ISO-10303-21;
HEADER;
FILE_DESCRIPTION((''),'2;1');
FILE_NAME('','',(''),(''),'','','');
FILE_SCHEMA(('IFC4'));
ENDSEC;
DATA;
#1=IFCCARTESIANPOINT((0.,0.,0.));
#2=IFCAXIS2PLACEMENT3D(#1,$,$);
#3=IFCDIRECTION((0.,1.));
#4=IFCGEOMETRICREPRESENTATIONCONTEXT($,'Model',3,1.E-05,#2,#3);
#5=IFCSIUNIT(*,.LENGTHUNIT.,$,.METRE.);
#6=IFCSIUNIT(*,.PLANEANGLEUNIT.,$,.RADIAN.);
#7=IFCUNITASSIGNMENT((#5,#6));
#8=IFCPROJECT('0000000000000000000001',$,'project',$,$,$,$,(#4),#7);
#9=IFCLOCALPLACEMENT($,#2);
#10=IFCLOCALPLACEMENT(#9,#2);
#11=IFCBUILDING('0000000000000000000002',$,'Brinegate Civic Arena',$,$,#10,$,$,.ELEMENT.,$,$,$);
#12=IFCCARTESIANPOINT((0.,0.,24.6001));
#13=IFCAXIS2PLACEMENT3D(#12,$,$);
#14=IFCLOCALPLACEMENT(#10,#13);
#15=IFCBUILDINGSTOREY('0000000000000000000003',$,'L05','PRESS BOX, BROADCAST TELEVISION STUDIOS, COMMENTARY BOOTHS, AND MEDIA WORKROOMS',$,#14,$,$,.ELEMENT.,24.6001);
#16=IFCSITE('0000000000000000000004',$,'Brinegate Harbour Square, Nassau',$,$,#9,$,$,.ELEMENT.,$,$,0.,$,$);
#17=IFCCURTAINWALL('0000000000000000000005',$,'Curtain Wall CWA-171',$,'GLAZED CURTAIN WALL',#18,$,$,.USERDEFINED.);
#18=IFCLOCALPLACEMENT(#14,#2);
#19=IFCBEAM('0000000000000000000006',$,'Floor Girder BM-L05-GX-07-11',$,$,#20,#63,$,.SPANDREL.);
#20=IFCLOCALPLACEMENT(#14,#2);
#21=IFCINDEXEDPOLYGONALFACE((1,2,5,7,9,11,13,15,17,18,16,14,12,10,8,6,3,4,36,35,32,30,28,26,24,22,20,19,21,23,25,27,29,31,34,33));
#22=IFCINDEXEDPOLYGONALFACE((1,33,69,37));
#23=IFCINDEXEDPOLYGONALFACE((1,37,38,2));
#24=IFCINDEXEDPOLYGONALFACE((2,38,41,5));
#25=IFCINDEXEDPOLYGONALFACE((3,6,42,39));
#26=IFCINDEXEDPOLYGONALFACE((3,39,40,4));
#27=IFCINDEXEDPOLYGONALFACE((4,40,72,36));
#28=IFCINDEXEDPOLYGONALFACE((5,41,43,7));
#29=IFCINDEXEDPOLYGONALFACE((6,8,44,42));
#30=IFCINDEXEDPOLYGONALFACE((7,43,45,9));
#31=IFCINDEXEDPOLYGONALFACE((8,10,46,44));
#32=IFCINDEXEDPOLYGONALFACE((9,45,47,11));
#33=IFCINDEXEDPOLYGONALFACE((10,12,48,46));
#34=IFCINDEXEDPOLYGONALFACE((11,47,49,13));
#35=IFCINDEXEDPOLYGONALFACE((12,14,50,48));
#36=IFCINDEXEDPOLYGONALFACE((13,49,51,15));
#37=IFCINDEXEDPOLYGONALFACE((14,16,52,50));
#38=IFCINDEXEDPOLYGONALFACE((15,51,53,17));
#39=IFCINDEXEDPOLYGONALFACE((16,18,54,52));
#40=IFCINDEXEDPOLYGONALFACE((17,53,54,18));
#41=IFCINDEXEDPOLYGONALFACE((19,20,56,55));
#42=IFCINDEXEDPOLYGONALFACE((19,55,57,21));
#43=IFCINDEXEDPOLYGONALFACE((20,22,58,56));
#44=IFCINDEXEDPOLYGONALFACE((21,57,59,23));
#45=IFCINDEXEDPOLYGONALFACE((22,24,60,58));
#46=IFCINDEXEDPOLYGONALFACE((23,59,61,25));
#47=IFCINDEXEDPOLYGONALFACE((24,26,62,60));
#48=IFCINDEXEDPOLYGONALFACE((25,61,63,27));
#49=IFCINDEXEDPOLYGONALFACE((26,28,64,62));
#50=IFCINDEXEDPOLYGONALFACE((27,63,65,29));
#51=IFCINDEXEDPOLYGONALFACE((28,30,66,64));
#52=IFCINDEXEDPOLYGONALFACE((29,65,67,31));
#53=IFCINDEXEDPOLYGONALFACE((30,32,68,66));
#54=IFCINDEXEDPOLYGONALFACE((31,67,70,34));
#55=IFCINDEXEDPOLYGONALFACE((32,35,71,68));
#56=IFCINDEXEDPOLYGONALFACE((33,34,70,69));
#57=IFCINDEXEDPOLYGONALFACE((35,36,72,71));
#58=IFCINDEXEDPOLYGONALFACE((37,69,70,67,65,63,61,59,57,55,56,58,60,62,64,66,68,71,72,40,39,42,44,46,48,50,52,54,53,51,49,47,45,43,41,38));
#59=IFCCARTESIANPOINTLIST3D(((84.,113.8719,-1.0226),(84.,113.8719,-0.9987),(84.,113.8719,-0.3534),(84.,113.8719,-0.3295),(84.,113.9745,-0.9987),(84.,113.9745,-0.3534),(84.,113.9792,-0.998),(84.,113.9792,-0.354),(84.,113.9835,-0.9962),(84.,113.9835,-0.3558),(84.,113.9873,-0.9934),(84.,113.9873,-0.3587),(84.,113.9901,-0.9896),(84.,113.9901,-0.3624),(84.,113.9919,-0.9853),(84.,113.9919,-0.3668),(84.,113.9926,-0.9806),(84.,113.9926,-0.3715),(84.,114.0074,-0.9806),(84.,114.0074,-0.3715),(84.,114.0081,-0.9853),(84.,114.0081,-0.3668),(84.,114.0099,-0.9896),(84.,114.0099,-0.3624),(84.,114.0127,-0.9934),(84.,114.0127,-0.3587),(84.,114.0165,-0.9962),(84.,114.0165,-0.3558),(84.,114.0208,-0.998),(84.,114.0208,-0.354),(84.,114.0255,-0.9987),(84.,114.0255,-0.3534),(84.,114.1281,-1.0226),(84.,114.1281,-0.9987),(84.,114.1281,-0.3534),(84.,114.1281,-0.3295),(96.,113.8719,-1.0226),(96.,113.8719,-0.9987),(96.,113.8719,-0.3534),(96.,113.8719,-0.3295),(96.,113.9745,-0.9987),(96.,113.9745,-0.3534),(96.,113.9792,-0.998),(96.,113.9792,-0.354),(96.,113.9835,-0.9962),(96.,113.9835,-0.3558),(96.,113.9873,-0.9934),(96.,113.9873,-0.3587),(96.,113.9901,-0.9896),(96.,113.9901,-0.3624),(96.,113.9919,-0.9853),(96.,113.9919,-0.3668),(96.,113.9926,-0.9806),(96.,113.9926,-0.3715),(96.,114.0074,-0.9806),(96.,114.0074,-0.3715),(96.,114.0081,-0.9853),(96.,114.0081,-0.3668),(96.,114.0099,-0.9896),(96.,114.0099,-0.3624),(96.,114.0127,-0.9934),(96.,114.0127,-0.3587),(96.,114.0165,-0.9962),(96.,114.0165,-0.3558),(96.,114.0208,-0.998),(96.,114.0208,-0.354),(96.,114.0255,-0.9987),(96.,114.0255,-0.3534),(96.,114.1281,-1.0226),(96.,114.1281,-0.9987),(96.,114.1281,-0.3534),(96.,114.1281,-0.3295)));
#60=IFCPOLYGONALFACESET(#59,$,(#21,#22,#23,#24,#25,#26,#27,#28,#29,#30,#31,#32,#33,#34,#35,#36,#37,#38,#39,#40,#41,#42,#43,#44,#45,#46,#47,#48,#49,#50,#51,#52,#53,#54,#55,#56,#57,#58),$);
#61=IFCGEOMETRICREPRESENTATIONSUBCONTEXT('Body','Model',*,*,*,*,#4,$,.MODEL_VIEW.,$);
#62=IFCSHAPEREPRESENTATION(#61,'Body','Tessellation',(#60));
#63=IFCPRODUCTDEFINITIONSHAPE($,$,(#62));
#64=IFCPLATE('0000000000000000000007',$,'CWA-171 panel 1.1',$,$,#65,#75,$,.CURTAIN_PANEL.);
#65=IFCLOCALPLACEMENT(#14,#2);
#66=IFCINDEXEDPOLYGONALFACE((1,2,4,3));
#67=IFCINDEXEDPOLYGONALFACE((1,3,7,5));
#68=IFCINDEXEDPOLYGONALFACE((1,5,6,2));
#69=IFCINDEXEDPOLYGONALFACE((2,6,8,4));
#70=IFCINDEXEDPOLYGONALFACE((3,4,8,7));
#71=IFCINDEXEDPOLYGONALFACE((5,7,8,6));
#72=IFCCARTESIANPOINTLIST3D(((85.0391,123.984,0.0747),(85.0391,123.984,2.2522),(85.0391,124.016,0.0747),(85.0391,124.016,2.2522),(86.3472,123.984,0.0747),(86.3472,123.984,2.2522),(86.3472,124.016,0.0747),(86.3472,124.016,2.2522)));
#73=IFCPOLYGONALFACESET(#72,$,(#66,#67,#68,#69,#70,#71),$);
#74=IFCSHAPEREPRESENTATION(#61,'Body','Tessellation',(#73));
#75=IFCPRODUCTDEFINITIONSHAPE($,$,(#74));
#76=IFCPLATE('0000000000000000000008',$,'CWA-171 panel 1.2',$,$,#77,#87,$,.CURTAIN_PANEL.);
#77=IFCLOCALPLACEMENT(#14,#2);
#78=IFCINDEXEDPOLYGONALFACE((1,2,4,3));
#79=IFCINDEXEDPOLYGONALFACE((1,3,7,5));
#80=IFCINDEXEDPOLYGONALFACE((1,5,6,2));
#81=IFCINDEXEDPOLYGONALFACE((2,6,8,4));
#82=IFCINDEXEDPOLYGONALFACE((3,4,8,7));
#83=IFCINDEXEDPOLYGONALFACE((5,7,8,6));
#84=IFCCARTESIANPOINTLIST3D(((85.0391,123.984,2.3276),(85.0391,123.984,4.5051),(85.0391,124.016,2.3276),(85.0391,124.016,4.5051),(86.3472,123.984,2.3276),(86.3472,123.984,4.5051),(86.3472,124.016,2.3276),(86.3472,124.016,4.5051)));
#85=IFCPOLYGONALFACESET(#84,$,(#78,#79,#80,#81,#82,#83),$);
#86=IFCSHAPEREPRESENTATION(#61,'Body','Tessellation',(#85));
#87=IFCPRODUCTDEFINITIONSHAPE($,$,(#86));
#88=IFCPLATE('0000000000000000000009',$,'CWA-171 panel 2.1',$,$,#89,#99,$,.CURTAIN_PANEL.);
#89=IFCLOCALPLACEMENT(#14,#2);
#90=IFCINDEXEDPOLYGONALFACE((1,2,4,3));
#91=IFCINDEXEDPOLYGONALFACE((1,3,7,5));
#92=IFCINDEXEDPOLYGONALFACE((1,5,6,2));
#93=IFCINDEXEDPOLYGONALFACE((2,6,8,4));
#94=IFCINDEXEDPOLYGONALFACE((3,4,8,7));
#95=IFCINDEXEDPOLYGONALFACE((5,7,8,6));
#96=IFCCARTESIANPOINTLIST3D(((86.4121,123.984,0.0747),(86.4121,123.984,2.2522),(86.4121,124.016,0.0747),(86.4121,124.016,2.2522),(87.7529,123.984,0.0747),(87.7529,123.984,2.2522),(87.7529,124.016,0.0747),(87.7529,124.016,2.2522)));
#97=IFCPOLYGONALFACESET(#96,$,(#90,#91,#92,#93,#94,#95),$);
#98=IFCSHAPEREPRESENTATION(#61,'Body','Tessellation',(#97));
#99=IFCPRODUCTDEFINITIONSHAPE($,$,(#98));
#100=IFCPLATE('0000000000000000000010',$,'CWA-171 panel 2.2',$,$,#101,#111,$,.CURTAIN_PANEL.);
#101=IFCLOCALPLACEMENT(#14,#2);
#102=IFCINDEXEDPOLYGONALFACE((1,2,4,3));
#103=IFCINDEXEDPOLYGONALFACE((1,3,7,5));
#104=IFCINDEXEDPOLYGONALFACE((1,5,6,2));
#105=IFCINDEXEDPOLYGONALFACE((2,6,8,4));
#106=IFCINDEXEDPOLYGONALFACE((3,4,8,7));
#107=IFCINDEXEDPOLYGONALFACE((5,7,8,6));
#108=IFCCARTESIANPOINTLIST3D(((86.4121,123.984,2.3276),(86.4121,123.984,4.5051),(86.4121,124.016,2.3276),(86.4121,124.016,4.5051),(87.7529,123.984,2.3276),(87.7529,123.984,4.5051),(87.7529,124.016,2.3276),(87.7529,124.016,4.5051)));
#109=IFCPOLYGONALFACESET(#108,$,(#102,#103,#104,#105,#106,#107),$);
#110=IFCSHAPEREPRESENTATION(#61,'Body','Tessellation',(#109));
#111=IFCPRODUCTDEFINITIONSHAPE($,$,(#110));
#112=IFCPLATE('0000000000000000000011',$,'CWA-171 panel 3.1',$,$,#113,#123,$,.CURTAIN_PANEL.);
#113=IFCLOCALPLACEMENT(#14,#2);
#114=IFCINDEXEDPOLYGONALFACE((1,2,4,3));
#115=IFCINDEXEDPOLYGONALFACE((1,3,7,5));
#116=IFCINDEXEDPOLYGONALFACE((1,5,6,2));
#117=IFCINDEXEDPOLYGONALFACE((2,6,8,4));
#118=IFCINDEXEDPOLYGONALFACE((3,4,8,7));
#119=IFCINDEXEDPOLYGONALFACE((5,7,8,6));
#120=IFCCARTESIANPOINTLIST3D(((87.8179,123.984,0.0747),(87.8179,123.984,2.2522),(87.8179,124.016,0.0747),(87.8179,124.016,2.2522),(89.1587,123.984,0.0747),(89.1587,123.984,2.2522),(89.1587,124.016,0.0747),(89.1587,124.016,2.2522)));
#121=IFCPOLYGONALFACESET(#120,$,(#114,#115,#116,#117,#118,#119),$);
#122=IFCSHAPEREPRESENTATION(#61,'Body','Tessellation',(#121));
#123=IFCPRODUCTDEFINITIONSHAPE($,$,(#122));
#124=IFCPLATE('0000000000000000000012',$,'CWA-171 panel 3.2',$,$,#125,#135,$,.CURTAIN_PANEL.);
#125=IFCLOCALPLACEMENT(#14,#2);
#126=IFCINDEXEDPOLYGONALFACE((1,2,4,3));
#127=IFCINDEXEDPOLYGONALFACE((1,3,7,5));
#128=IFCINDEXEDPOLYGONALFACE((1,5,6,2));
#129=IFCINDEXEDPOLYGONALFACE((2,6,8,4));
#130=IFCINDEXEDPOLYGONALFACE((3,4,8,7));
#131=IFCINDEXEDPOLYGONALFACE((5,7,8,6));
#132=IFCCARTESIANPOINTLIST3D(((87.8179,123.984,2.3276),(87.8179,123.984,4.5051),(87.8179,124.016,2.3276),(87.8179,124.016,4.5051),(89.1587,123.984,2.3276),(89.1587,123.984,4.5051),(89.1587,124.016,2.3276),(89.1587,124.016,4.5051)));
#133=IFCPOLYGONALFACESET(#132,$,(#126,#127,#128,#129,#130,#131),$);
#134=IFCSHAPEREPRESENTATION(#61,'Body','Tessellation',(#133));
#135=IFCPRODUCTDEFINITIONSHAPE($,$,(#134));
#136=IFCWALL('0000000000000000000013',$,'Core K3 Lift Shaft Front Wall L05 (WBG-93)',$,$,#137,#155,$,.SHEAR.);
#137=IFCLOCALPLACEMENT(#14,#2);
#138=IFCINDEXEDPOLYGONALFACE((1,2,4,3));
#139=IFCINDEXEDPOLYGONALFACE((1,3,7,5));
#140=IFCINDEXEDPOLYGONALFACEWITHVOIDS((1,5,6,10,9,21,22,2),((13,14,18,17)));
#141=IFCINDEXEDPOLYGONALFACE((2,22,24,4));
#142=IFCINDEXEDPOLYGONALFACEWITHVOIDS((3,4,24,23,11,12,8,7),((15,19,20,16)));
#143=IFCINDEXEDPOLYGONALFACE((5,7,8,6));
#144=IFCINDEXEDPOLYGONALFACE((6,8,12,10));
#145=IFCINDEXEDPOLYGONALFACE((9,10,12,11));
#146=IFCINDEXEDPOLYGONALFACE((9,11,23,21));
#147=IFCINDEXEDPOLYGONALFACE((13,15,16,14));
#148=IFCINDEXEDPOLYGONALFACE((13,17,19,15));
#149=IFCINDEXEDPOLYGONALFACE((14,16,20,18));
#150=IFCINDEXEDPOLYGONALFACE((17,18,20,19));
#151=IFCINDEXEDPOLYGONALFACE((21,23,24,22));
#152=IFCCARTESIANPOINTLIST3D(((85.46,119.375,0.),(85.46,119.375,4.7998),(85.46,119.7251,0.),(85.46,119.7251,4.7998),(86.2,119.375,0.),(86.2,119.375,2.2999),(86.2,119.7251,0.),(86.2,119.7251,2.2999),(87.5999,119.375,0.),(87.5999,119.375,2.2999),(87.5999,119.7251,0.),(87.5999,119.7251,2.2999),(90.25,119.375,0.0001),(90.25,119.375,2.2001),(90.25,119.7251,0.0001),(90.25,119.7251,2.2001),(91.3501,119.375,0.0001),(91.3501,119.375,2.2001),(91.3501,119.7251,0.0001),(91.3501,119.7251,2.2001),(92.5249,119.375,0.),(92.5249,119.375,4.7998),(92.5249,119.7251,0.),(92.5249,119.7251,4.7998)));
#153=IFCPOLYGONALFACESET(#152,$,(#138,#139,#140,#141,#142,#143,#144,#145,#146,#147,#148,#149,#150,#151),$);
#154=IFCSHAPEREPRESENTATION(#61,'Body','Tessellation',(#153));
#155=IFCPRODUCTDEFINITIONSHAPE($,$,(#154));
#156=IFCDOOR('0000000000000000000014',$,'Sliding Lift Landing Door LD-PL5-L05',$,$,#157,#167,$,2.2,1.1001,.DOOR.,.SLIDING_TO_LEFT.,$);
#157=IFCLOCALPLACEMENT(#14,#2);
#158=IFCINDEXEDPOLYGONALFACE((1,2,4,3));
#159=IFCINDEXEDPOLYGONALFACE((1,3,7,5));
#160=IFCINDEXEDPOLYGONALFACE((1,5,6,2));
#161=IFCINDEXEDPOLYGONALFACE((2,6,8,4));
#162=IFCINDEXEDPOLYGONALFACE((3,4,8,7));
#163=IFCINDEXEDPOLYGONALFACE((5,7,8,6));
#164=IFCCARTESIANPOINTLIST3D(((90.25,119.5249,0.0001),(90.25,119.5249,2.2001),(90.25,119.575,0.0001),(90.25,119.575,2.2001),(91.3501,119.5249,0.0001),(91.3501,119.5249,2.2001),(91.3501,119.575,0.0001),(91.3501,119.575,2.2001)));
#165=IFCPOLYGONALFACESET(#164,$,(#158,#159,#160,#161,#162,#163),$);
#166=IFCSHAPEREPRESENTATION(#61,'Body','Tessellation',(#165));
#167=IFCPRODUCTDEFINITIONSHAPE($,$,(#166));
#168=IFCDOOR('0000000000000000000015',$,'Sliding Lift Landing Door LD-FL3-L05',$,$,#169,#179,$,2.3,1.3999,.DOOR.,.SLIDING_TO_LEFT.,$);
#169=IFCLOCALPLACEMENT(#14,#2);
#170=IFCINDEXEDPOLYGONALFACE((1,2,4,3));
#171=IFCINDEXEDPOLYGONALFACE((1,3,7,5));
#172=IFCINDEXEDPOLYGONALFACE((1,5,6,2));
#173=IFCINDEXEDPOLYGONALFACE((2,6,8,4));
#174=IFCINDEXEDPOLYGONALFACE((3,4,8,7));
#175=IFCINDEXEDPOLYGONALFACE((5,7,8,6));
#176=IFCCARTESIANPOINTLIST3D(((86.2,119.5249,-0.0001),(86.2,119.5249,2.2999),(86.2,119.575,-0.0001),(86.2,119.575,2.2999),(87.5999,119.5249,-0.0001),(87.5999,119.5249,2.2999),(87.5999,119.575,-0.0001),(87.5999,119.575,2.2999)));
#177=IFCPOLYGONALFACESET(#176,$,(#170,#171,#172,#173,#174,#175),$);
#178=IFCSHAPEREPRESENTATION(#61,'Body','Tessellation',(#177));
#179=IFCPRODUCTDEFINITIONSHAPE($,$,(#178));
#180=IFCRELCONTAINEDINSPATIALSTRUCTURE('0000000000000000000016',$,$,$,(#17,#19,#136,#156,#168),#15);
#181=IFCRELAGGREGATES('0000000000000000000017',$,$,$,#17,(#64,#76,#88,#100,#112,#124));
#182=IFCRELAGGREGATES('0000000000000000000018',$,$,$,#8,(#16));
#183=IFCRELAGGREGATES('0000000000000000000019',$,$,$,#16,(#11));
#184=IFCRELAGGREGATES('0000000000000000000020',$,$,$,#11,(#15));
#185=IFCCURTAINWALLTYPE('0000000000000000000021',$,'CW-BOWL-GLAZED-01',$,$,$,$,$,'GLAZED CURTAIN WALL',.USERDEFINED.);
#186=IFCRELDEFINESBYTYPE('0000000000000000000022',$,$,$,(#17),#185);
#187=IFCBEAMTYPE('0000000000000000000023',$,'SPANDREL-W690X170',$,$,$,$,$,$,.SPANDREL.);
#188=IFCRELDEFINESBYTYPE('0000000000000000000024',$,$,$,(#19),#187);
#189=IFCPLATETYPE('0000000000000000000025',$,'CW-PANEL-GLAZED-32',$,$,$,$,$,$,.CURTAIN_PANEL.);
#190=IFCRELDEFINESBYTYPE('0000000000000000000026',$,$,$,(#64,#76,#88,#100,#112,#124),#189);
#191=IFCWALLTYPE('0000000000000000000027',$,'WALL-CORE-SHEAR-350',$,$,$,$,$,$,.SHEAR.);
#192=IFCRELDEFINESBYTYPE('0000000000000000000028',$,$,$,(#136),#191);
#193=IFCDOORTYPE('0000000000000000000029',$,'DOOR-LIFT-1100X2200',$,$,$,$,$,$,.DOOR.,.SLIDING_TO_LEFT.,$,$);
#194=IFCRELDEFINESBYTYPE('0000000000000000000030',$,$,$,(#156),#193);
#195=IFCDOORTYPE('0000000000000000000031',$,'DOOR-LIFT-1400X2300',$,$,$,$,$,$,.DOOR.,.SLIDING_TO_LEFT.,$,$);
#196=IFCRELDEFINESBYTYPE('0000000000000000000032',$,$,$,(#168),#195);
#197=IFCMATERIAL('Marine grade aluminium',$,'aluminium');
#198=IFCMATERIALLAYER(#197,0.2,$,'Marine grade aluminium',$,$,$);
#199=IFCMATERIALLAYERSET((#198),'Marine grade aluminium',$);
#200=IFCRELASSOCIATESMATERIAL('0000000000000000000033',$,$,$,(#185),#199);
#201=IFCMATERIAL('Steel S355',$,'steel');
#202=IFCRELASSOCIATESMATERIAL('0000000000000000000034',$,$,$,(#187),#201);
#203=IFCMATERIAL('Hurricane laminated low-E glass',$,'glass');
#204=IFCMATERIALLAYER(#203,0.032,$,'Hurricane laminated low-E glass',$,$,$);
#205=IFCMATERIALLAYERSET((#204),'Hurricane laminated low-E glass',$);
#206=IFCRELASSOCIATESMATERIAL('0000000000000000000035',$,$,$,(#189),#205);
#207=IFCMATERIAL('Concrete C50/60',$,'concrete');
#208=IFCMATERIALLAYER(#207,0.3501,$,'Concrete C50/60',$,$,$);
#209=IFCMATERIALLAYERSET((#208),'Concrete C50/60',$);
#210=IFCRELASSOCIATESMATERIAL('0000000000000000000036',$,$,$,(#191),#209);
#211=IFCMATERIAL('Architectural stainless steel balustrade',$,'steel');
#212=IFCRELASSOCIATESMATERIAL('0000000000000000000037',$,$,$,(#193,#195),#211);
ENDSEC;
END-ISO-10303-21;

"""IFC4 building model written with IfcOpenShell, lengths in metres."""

from ifc_helpers import new_model, si_unit, direction, frame, frame_2d, origin, origin_2d, place, context, subcontext, project, spatial, rectangle, i_section, extrude, material, layer, layer_set, material_profile, profile_set, type_object, element, fill, aggregate, save


model = new_model("IFC4")

# Units and contexts
model_context = context("Model", 3, precision=1e-05, world=origin(), true_north=direction((0.0, 1.0)))
body_context = subcontext(model_context, "Body", "Model", "MODEL_VIEW")
ifc_project = project(units=[si_unit("LENGTHUNIT", "METRE"), si_unit("PLANEANGLEUNIT", "RADIAN")], contexts=[model_context])

# Site, building, storey
site_placement = place(None, origin())
site = spatial("IfcSite", under=ifc_project, at=site_placement, Name="Brinegate Harbour Square, Nassau", CompositionType="ELEMENT", RefElevation=0.0)
building_placement = place(site_placement, origin())
building = spatial("IfcBuilding", under=site, at=building_placement, Name="Brinegate Civic Arena", CompositionType="ELEMENT")
storey_placement = place(building_placement, frame((0.0, 0.0, 24.6001)))
storey = spatial("IfcBuildingStorey", under=building, at=storey_placement, Name="L05", Description="PRESS BOX, BROADCAST TELEVISION STUDIOS, COMMENTARY BOOTHS, AND MEDIA WORKROOMS", CompositionType="ELEMENT", Elevation=24.6001)

# Shared definitions
ifc_material_1 = material(Name="Concrete C50/60", Category="concrete")

# Curtain wall
ifc_material_2 = material(Name="Marine grade aluminium", Category="aluminium")
ifc_layer_1 = layer(ifc_material_2, 0.2, Name="Marine grade aluminium")
ifc_layer_set_1 = layer_set([ifc_layer_1], Name="Marine grade aluminium")
curtain_wall_type = type_object("IfcCurtainWallType", Name="CW-BOWL-GLAZED-01", ElementType="GLAZED CURTAIN WALL", PredefinedType="USERDEFINED", material=ifc_layer_set_1)
curtain_wall_placement = place(storey_placement, origin())
curtain_wall = element("IfcCurtainWall", 1, at=curtain_wall_placement, inside=storey, type_object=curtain_wall_type, Name="Curtain Wall CWA-171", ObjectType="GLAZED CURTAIN WALL", PredefinedType="USERDEFINED")

# Beam
ifc_material_3 = material(Name="Steel S355", Category="steel")
ifc_material_profile_1 = material_profile(ifc_material_3, i_section(OverallWidth=0.2561, OverallDepth=0.6931, WebThickness=0.0149, FlangeThickness=0.0239, FilletRadius=0.0181, at=origin_2d()), Name="W690X170")
ifc_profile_set_1 = profile_set([ifc_material_profile_1], Name="Steel S355")
beam_type_1 = type_object("IfcBeamType", Name="SPANDREL-W690X170", PredefinedType="SPANDREL", material=ifc_profile_set_1)
beam_1_placement = place(storey_placement, frame((84.0, 114.0, -0.676), z_axis=(1.0, 0.0, 0.0), x_axis=(0.0, 1.0, 0.0)))
element("IfcBeam", 2, at=beam_1_placement, inside=storey, type_object=beam_type_1, Name="Floor Girder BM-L05-GX-07-11", PredefinedType="SPANDREL", context=body_context, shape_type="SweptSolid", body=[
    extrude(i_section(OverallWidth=0.2561, OverallDepth=0.6931, WebThickness=0.0149, FlangeThickness=0.0239, FilletRadius=0.0181, at=origin_2d()), origin(), (0.0, 0.0, 1.0), 12.0),
])

# Plates
ifc_material_4 = material(Name="Hurricane laminated low-E glass", Category="glass")
ifc_layer_2 = layer(ifc_material_4, 0.032, Name="Hurricane laminated low-E glass")
ifc_layer_set_2 = layer_set([ifc_layer_2], Name="Hurricane laminated low-E glass")
plate_type = type_object("IfcPlateType", Name="CW-PANEL-GLAZED-32", PredefinedType="CURTAIN_PANEL", material=ifc_layer_set_2)
plate_1_placement = place(storey_placement, frame((85.6931, 124.0, 0.0747), z_axis=(0.0, 0.0, 1.0), x_axis=(1.0, 0.0, 0.0)))
plate_1 = element("IfcPlate", 3, at=plate_1_placement, type_object=plate_type, Name="CWA-171 panel 1.1", PredefinedType="CURTAIN_PANEL", context=body_context, shape_type="SweptSolid", body=[
    extrude(rectangle(XDim=1.3081, YDim=0.032, at=origin_2d()), origin(), (0.0, 0.0, 1.0), 2.1775),
])
plate_2_placement = place(storey_placement, frame((85.6931, 124.0, 2.3276), z_axis=(0.0, 0.0, 1.0), x_axis=(1.0, 0.0, 0.0)))
plate_2 = element("IfcPlate", 4, at=plate_2_placement, type_object=plate_type, Name="CWA-171 panel 1.2", PredefinedType="CURTAIN_PANEL", context=body_context, shape_type="SweptSolid", body=[
    extrude(rectangle(XDim=1.3081, YDim=0.032, at=origin_2d()), origin(), (0.0, 0.0, 1.0), 2.1775),
])
plate_3_placement = place(storey_placement, frame((87.0825, 124.0, 0.0747), z_axis=(0.0, 0.0, 1.0), x_axis=(1.0, 0.0, 0.0)))
plate_3 = element("IfcPlate", 5, at=plate_3_placement, type_object=plate_type, Name="CWA-171 panel 2.1", PredefinedType="CURTAIN_PANEL", context=body_context, shape_type="SweptSolid", body=[
    extrude(rectangle(XDim=1.3408, YDim=0.032, at=origin_2d()), origin(), (0.0, 0.0, 1.0), 2.1775),
])
plate_4_placement = place(storey_placement, frame((87.0825, 124.0, 2.3276), z_axis=(0.0, 0.0, 1.0), x_axis=(1.0, 0.0, 0.0)))
plate_4 = element("IfcPlate", 6, at=plate_4_placement, type_object=plate_type, Name="CWA-171 panel 2.2", PredefinedType="CURTAIN_PANEL", context=body_context, shape_type="SweptSolid", body=[
    extrude(rectangle(XDim=1.3408, YDim=0.032, at=origin_2d()), origin(), (0.0, 0.0, 1.0), 2.1775),
])
plate_5_placement = place(storey_placement, frame((88.4883, 124.0, 0.0747), z_axis=(0.0, 0.0, 1.0), x_axis=(1.0, 0.0, 0.0)))
plate_5 = element("IfcPlate", 7, at=plate_5_placement, type_object=plate_type, Name="CWA-171 panel 3.1", PredefinedType="CURTAIN_PANEL", context=body_context, shape_type="SweptSolid", body=[
    extrude(rectangle(XDim=1.3408, YDim=0.032, at=origin_2d()), origin(), (0.0, 0.0, 1.0), 2.1775),
])
plate_6_placement = place(storey_placement, frame((88.4883, 124.0, 2.3276), z_axis=(0.0, 0.0, 1.0), x_axis=(1.0, 0.0, 0.0)))
plate_6 = element("IfcPlate", 8, at=plate_6_placement, type_object=plate_type, Name="CWA-171 panel 3.2", PredefinedType="CURTAIN_PANEL", context=body_context, shape_type="SweptSolid", body=[
    extrude(rectangle(XDim=1.3408, YDim=0.032, at=origin_2d()), origin(), (0.0, 0.0, 1.0), 2.1775),
])
aggregate(curtain_wall, [plate_1, plate_2, plate_3, plate_4, plate_5, plate_6])

# Wall, openings, doors
ifc_layer_3 = layer(ifc_material_1, 0.3501, Name="Concrete C50/60")
ifc_layer_set_3 = layer_set([ifc_layer_3], Name="Concrete C50/60")
wall_type_1 = type_object("IfcWallType", Name="WALL-CORE-SHEAR-350", PredefinedType="SHEAR", material=ifc_layer_set_3)
wall_1_placement = place(storey_placement, frame((85.46, 119.55, 0.0), z_axis=(0.0, 0.0, 1.0), x_axis=(1.0, 0.0, 0.0)))
wall_1 = element("IfcWall", 9, at=wall_1_placement, inside=storey, type_object=wall_type_1, Name="Core K3 Lift Shaft Front Wall L05 (WBG-93)", PredefinedType="SHEAR", context=body_context, shape_type="SweptSolid", body=[
    extrude(rectangle(XDim=7.0649, YDim=0.3501, at=frame_2d((3.5325, 0.0))), origin(), (0.0, 0.0, 1.0), 4.7998),
])
opening_1_placement = place(wall_1_placement, frame((0.74, 0.0, 0.0)))
opening_1 = element("IfcOpeningElement", 10, at=opening_1_placement, cuts=wall_1, PredefinedType="OPENING", context=body_context, shape_type="SweptSolid", body=[
    extrude(rectangle(XDim=1.3999, YDim=2.3, at=frame_2d((0.7, 1.1499))), frame((0.0, 0.1851, 0.0), z_axis=(0.0, -1.0, 0.0), x_axis=(1.0, 0.0, 0.0)), (0.0, 0.0, 1.0), 0.3701),
])
opening_2_placement = place(wall_1_placement, frame((4.79, 0.0, 0.0)))
opening_2 = element("IfcOpeningElement", 11, at=opening_2_placement, cuts=wall_1, PredefinedType="OPENING", context=body_context, shape_type="SweptSolid", body=[
    extrude(rectangle(XDim=1.1001, YDim=2.2, at=frame_2d((0.55, 1.1001))), frame((0.0, 0.1851, 0.0), z_axis=(0.0, -1.0, 0.0), x_axis=(1.0, 0.0, 0.0)), (0.0, 0.0, 1.0), 0.3701),
])
ifc_material_5 = material(Name="Architectural stainless steel balustrade", Category="steel")
door_type_1 = type_object("IfcDoorType", Name="DOOR-LIFT-1100X2200", OperationType="SLIDING_TO_LEFT", PredefinedType="DOOR", material=ifc_material_5)
door_1_placement = place(opening_2_placement, origin())
door_1 = element("IfcDoor", 12, at=door_1_placement, inside=storey, type_object=door_type_1, Name="Sliding Lift Landing Door LD-PL5-L05", OperationType="SLIDING_TO_LEFT", OverallHeight=2.2, OverallWidth=1.1001, PredefinedType="DOOR", context=body_context, shape_type="SweptSolid", body=[
    extrude(rectangle(XDim=1.1001, YDim=2.2, at=frame_2d((0.55, 1.1001))), frame((0.0, 0.0249, 0.0), z_axis=(0.0, -1.0, 0.0), x_axis=(1.0, 0.0, 0.0)), (0.0, 0.0, 1.0), 0.05),
])
fill(opening_2, door_1)
door_type_2 = type_object("IfcDoorType", Name="DOOR-LIFT-1400X2300", OperationType="SLIDING_TO_LEFT", PredefinedType="DOOR", material=ifc_material_5)
door_2_placement = place(opening_1_placement, origin())
door_2 = element("IfcDoor", 13, at=door_2_placement, inside=storey, type_object=door_type_2, Name="Sliding Lift Landing Door LD-FL3-L05", OperationType="SLIDING_TO_LEFT", OverallHeight=2.3, OverallWidth=1.3999, PredefinedType="DOOR", context=body_context, shape_type="SweptSolid", body=[
    extrude(rectangle(XDim=1.3999, YDim=2.3, at=frame_2d((0.7, 1.1499))), frame((0.0, 0.0249, 0.0), z_axis=(0.0, -1.0, 0.0), x_axis=(1.0, 0.0, 0.0)), (0.0, 0.0, 1.0), 0.05),
])
fill(opening_1, door_2)

save(model, "model.ifc")
